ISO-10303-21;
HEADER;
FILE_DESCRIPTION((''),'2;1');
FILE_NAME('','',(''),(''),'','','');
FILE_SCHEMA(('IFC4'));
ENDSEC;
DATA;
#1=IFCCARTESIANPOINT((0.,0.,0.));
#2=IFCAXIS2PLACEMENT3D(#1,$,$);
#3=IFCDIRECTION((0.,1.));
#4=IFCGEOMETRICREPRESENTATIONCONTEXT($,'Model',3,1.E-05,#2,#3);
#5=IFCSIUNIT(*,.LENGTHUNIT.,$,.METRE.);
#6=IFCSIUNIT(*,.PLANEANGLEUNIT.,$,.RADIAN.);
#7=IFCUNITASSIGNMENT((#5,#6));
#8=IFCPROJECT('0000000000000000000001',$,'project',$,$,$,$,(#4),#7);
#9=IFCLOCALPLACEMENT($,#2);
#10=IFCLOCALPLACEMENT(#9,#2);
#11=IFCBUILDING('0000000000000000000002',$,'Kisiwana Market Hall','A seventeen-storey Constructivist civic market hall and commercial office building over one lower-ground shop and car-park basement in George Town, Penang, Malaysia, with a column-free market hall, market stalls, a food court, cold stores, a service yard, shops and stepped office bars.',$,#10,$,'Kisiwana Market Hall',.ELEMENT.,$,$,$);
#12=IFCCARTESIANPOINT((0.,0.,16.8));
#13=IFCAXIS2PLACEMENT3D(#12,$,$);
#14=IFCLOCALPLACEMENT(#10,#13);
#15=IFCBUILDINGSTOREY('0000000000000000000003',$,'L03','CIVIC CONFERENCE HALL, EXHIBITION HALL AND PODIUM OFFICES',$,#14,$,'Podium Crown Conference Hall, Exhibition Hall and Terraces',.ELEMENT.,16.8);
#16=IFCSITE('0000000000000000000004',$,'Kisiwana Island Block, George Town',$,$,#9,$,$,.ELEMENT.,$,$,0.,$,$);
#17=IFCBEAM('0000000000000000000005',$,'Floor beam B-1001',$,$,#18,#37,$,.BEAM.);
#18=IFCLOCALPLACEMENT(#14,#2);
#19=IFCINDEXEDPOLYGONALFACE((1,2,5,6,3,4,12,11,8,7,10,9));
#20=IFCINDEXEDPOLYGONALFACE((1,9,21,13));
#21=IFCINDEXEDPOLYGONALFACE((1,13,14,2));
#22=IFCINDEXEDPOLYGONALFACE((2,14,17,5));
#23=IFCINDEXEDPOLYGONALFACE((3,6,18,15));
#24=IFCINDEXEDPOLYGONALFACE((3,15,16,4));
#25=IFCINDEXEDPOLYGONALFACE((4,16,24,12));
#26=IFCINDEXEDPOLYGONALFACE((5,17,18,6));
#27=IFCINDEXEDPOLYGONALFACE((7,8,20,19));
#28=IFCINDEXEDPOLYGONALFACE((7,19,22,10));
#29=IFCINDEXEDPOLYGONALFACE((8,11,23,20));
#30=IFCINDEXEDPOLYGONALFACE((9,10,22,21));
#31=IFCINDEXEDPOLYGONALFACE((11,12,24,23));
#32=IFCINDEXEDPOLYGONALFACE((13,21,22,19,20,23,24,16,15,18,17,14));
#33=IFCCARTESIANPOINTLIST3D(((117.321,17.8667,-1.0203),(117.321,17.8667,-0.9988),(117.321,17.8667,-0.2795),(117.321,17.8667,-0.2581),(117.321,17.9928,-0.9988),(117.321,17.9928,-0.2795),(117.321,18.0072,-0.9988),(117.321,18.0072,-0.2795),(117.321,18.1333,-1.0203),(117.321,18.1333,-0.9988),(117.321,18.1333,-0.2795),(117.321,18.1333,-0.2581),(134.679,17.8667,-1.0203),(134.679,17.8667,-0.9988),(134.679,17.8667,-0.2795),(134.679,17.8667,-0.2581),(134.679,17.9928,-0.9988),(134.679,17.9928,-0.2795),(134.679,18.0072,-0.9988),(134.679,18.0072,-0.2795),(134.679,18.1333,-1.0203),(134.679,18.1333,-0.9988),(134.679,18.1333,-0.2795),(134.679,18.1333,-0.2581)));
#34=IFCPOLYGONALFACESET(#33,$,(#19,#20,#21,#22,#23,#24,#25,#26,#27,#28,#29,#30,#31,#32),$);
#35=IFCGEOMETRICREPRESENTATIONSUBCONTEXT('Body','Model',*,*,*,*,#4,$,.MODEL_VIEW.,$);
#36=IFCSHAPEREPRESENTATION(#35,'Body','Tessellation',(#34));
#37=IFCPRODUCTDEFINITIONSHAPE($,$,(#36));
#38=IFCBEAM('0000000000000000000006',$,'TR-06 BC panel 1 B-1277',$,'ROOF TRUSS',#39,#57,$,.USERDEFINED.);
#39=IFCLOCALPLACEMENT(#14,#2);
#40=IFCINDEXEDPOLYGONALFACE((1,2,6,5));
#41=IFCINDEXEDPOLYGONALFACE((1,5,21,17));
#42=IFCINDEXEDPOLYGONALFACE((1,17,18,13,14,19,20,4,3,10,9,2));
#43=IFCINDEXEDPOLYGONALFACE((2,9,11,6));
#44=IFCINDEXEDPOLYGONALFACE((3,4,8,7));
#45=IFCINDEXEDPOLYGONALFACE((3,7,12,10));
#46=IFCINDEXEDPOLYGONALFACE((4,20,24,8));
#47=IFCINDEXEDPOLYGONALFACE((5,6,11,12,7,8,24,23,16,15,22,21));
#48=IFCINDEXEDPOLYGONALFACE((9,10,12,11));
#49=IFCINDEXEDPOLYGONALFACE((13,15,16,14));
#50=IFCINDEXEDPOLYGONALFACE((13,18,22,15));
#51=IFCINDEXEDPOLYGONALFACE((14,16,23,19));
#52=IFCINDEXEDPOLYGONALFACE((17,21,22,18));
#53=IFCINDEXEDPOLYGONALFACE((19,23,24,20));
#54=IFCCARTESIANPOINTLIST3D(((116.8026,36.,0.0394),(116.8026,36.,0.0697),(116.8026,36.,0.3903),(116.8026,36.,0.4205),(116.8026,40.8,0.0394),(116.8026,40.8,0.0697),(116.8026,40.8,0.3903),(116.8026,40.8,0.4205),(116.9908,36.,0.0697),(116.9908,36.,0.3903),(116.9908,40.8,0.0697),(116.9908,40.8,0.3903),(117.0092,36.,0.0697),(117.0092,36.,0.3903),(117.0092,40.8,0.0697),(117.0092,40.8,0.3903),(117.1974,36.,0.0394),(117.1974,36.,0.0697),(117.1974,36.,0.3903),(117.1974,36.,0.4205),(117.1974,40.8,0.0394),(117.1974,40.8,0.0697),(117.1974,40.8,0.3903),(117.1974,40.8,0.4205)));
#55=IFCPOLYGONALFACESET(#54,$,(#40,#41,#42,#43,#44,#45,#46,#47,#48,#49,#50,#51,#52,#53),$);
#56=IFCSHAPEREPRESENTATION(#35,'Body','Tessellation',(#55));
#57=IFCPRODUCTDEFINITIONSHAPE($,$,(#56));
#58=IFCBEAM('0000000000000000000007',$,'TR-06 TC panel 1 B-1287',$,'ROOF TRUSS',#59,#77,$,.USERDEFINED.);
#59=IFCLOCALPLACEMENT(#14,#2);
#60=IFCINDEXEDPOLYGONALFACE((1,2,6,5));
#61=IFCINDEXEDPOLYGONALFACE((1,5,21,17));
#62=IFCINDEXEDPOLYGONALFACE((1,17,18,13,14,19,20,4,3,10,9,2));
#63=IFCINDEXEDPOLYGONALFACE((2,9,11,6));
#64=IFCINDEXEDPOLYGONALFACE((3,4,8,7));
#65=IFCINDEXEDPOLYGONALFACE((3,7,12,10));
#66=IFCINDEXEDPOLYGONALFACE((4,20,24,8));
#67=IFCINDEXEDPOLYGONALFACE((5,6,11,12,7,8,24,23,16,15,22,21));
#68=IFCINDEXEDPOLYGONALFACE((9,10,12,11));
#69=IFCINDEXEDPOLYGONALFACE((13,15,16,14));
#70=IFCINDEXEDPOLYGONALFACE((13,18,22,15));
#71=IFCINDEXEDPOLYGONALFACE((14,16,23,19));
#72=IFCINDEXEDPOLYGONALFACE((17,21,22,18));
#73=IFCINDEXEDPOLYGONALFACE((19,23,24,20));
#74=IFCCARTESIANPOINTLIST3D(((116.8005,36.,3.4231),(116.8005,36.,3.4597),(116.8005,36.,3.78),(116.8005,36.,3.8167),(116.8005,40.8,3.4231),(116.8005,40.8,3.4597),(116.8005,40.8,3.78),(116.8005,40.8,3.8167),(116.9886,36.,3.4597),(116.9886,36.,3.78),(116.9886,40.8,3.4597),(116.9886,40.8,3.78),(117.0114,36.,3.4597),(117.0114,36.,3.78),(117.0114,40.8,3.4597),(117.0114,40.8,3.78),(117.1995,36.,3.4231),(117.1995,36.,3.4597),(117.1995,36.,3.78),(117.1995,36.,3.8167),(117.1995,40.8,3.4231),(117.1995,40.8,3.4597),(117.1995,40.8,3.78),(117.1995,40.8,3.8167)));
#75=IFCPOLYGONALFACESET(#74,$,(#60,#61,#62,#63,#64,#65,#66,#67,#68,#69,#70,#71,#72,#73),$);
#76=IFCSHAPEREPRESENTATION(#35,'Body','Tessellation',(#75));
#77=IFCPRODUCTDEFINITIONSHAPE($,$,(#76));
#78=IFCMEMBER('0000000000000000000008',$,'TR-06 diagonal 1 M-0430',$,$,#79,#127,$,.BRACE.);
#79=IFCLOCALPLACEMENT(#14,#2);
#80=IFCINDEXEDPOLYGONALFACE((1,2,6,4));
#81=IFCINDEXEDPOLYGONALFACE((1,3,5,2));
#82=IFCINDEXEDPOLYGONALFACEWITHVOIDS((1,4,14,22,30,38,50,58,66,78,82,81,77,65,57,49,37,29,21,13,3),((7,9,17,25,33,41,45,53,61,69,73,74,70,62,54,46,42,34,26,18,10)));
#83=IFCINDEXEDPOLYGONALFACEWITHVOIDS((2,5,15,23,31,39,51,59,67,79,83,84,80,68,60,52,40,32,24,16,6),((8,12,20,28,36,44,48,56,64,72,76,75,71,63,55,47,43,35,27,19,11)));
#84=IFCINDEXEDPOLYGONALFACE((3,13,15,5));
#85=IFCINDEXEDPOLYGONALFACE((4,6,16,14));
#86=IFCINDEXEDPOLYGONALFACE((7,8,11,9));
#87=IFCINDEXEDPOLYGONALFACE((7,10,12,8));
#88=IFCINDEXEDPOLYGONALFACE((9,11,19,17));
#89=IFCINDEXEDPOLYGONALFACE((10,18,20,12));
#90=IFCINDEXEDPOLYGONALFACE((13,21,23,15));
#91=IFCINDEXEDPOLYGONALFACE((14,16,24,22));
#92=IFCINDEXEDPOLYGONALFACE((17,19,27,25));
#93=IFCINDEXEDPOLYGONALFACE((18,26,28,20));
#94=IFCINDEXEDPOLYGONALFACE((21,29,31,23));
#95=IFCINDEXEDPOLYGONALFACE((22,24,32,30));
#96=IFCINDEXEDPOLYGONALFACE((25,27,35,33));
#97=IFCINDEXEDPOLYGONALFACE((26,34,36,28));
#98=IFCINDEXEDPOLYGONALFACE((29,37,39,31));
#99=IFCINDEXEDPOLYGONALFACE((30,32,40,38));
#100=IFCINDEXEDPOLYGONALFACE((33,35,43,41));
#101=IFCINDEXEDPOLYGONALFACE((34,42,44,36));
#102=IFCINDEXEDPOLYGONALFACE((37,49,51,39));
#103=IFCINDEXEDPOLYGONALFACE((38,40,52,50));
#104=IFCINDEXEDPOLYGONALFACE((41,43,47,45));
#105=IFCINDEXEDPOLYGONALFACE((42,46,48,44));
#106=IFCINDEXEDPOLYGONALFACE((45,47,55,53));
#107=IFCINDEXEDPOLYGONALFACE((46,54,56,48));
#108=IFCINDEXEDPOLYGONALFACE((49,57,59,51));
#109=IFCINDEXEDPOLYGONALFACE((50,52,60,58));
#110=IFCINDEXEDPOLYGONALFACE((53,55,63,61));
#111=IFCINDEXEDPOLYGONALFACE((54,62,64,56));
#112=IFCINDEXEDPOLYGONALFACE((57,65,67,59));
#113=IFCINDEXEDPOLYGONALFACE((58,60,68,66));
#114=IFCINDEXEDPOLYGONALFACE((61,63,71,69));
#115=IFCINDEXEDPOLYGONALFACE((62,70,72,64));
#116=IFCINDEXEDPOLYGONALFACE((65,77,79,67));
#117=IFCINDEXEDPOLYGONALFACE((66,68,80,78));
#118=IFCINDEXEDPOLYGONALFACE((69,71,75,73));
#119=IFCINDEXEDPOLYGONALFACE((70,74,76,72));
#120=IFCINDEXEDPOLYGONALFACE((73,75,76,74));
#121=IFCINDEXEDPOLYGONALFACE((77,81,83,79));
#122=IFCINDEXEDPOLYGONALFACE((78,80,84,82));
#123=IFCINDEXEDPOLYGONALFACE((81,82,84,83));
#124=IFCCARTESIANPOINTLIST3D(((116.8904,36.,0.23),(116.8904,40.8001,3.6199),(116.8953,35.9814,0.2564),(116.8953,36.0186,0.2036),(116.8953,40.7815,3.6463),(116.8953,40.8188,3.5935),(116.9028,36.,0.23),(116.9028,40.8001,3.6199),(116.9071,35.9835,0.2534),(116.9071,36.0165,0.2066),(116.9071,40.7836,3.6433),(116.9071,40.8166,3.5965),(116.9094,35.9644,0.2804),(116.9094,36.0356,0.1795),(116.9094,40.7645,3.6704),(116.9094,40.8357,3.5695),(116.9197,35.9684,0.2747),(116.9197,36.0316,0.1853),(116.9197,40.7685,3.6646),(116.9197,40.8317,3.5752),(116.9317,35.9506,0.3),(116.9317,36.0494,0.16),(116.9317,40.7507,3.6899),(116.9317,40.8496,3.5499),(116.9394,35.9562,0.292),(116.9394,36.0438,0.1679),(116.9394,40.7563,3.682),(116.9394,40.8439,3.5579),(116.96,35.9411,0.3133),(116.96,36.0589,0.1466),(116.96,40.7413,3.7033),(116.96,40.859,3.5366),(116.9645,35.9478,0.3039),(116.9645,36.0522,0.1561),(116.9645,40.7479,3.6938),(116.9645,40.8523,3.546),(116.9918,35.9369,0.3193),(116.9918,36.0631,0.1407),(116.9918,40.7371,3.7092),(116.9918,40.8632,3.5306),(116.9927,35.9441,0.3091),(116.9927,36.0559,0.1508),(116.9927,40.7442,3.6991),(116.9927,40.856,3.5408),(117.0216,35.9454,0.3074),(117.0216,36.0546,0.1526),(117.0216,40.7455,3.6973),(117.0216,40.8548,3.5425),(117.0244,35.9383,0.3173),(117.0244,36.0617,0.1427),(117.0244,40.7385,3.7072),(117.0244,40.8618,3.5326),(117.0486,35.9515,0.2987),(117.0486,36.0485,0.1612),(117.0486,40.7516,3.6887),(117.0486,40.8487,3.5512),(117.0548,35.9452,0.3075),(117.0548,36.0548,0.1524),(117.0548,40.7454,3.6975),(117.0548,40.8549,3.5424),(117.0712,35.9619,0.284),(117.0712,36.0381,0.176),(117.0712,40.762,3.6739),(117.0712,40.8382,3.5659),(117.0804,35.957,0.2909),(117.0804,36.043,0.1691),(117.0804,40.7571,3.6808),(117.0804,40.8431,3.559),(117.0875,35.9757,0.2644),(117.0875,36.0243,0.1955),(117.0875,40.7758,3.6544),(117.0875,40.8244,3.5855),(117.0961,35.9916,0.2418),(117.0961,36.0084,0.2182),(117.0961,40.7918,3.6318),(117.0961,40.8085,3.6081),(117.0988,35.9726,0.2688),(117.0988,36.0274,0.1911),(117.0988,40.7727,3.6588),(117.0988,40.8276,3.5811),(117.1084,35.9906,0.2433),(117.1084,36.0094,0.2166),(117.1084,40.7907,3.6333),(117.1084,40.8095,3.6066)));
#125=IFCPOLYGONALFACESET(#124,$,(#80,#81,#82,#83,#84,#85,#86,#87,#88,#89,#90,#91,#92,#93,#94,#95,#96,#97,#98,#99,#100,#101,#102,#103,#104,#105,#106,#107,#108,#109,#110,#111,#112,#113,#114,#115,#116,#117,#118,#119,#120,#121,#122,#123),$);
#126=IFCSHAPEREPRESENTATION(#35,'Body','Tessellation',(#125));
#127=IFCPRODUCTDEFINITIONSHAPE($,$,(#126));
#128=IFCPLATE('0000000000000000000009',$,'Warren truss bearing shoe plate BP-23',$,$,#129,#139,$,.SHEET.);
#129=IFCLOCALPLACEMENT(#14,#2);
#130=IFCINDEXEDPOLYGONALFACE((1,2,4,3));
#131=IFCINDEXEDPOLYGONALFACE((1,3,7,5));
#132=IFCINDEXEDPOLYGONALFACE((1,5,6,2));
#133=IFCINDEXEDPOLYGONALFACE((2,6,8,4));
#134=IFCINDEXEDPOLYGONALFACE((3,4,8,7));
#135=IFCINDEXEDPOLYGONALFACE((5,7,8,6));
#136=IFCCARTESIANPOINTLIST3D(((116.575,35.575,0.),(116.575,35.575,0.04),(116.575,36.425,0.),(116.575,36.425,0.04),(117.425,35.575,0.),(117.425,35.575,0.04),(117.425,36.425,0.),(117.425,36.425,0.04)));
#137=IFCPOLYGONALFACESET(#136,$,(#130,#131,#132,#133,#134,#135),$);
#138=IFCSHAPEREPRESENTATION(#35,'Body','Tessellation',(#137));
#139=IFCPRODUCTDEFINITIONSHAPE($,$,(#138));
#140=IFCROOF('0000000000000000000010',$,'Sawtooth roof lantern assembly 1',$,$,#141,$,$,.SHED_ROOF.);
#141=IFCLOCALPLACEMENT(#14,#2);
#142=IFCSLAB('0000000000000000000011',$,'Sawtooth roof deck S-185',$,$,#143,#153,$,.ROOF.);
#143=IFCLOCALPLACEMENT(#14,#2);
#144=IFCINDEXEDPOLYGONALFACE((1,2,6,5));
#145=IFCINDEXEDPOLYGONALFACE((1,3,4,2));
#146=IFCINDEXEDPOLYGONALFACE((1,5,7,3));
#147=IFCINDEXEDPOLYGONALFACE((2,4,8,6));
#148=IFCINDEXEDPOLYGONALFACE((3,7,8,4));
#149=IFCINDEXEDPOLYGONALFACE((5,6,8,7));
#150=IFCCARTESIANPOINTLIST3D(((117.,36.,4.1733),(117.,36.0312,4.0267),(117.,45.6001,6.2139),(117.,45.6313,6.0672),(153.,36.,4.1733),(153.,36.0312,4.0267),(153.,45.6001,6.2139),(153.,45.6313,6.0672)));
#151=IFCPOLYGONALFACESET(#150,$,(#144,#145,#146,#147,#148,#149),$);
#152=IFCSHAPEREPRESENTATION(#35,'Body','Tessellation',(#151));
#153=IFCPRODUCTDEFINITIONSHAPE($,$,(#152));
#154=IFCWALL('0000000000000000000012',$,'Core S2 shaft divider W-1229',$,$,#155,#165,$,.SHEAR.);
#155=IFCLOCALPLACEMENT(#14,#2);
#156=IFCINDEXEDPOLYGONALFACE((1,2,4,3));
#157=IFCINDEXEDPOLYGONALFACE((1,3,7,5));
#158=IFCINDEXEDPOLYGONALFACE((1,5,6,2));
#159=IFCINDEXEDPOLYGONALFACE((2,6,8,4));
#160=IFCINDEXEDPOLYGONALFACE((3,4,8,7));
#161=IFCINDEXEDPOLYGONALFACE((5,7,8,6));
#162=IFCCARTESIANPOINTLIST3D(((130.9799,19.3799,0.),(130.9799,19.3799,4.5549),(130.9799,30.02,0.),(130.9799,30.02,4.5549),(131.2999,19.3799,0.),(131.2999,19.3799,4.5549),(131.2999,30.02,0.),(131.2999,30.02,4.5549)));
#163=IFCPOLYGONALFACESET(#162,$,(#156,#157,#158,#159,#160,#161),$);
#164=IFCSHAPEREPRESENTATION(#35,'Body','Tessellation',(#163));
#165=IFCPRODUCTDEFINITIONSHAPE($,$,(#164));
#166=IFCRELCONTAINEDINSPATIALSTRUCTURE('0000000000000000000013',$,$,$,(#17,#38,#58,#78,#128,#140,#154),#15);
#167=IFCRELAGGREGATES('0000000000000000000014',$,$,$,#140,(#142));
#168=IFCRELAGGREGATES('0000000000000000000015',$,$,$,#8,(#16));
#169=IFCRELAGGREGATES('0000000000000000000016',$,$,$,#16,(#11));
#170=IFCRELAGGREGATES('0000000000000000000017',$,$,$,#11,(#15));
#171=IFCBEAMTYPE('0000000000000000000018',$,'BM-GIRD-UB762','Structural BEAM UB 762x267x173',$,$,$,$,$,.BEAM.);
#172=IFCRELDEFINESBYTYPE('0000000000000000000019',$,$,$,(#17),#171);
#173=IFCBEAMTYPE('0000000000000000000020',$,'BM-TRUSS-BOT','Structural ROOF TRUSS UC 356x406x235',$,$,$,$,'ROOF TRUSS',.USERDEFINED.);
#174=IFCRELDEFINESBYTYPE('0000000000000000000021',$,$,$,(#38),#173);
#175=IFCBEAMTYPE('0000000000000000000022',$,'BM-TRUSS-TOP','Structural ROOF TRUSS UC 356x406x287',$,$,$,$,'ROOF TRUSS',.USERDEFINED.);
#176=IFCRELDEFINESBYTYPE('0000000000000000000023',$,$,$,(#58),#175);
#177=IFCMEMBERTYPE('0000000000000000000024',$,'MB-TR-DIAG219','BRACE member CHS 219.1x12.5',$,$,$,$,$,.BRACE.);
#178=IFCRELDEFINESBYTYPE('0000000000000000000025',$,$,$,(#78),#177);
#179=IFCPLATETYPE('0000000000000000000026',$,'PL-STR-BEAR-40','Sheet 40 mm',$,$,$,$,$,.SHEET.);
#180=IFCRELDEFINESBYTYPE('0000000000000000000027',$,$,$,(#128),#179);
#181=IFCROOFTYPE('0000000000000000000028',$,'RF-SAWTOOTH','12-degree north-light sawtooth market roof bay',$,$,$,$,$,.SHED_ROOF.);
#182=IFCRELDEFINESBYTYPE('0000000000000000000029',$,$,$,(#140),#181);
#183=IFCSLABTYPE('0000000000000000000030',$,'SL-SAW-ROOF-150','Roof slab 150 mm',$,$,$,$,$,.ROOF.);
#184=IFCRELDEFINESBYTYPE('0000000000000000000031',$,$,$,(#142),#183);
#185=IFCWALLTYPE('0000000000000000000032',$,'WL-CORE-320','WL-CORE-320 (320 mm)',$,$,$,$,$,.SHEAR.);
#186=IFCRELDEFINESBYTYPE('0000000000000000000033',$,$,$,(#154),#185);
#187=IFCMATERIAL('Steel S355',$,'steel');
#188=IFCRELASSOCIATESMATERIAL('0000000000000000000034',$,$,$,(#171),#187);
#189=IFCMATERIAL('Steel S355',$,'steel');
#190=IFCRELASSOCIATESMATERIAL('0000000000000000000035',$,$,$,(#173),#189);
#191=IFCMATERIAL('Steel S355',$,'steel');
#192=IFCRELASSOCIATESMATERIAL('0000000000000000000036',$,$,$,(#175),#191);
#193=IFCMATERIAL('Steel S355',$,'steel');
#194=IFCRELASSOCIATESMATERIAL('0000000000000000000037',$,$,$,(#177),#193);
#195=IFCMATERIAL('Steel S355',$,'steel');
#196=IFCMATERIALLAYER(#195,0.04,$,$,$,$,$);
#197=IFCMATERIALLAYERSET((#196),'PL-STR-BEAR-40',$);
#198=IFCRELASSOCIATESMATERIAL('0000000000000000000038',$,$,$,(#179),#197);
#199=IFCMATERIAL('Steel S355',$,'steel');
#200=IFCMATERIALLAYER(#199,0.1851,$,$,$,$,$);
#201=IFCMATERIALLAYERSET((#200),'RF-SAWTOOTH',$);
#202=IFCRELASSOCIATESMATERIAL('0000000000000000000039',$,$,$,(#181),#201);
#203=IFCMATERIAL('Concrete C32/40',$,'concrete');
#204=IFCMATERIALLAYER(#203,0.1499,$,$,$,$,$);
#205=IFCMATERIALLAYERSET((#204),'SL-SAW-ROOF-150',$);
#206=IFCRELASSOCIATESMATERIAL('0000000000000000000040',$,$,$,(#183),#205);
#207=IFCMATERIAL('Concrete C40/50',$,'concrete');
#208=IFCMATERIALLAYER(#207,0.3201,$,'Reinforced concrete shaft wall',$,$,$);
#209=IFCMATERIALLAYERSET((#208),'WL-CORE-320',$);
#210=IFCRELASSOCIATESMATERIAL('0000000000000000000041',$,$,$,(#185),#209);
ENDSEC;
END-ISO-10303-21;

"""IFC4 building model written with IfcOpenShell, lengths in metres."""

from ifc_helpers import new_model, si_unit, direction, frame, frame_2d, origin, origin_2d, place, context, subcontext, project, spatial, polyline, rectangle, hollow_circle, i_section, outline, extrude, material, layer, layer_set, material_profile, profile_set, type_object, element, aggregate, save


model = new_model("IFC4")

# Units and contexts
model_context = context("Model", 3, precision=1e-05, world=origin(), true_north=direction((0.0, 1.0)))
body_context = subcontext(model_context, "Body", "Model", "MODEL_VIEW")
ifc_project = project(units=[si_unit("LENGTHUNIT", "METRE"), si_unit("PLANEANGLEUNIT", "RADIAN")], contexts=[model_context])

# Site, building, storey
site_placement = place(None, origin())
site = spatial("IfcSite", under=ifc_project, at=site_placement, Name="Kisiwana Island Block, George Town", CompositionType="ELEMENT", RefElevation=0.0)
building_placement = place(site_placement, origin())
building = spatial("IfcBuilding", under=site, at=building_placement, Name="Kisiwana Market Hall", Description="A seventeen-storey Constructivist civic market hall and commercial office building over one lower-ground shop and car-park basement in George Town, Penang, Malaysia, with a column-free market hall, market stalls, a food court, cold stores, a service yard, shops and stepped office bars.", LongName="Kisiwana Market Hall", CompositionType="ELEMENT")
storey_placement = place(building_placement, frame((0.0, 0.0, 16.8)))
storey = spatial("IfcBuildingStorey", under=building, at=storey_placement, Name="L03", Description="CIVIC CONFERENCE HALL, EXHIBITION HALL AND PODIUM OFFICES", LongName="Podium Crown Conference Hall, Exhibition Hall and Terraces", CompositionType="ELEMENT", Elevation=16.8)

# Beams
ifc_material_1 = material(Name="Steel S355", Category="steel")
ifc_material_profile_1 = material_profile(ifc_material_1, i_section(OverallWidth=0.2666, OverallDepth=0.7622, WebThickness=0.0144, FlangeThickness=0.0215, at=origin_2d()), Name="UB 762x267x173")
ifc_profile_set_1 = profile_set([ifc_material_profile_1], Name="Steel S355")
beam_type_1 = type_object("IfcBeamType", Name="BM-GIRD-UB762", Description="Structural BEAM UB 762x267x173", PredefinedType="BEAM", material=ifc_profile_set_1)
for number, where, z_axis, x_axis, name in (
    (1, (117.321, 18.0, -0.6392), (1.0, 0.0, 0.0), (0.0, 1.0, 0.0), "Floor beam B-1001"),
):
    element("IfcBeam", number, at=place(storey_placement, frame(where, z_axis=z_axis, x_axis=x_axis)), inside=storey, type_object=beam_type_1, Name=name, PredefinedType="BEAM", context=body_context, shape_type="SweptSolid", body=[
        extrude(i_section(OverallWidth=0.2666, OverallDepth=0.7622, WebThickness=0.0144, FlangeThickness=0.0215, at=origin_2d()), origin(), (0.0, 0.0, 1.0), 17.3579),
    ])
ifc_material_2 = material(Name="Steel S355", Category="steel")
ifc_material_profile_2 = material_profile(ifc_material_2, i_section(OverallWidth=0.3948, OverallDepth=0.3811, WebThickness=0.0183, FlangeThickness=0.0303, at=origin_2d()), Name="UC 356x406x235")
ifc_profile_set_2 = profile_set([ifc_material_profile_2], Name="Steel S355")
beam_type_2 = type_object("IfcBeamType", Name="BM-TRUSS-BOT", Description="Structural ROOF TRUSS UC 356x406x235", ElementType="ROOF TRUSS", PredefinedType="USERDEFINED", material=ifc_profile_set_2)
beam_1_placement = place(storey_placement, frame((117.0, 36.0, 0.23), z_axis=(0.0, 1.0, 0.0), x_axis=(-1.0, 0.0, 0.0)))
element("IfcBeam", 2, at=beam_1_placement, inside=storey, type_object=beam_type_2, Name="TR-06 BC panel 1 B-1277", ObjectType="ROOF TRUSS", PredefinedType="USERDEFINED", context=body_context, shape_type="SweptSolid", body=[
    extrude(i_section(OverallWidth=0.3948, OverallDepth=0.3811, WebThickness=0.0183, FlangeThickness=0.0303, at=origin_2d()), origin(), (0.0, 0.0, 1.0), 4.8),
])
ifc_material_3 = material(Name="Steel S355", Category="steel")
ifc_material_profile_3 = material_profile(ifc_material_3, i_section(OverallWidth=0.3989, OverallDepth=0.3936, WebThickness=0.0227, FlangeThickness=0.0366, at=origin_2d()), Name="UC 356x406x287")
ifc_profile_set_3 = profile_set([ifc_material_profile_3], Name="Steel S355")
beam_type_3 = type_object("IfcBeamType", Name="BM-TRUSS-TOP", Description="Structural ROOF TRUSS UC 356x406x287", ElementType="ROOF TRUSS", PredefinedType="USERDEFINED", material=ifc_profile_set_3)
beam_2_placement = place(storey_placement, frame((117.0, 36.0, 3.6199), z_axis=(0.0, 1.0, 0.0), x_axis=(-1.0, 0.0, 0.0)))
element("IfcBeam", 3, at=beam_2_placement, inside=storey, type_object=beam_type_3, Name="TR-06 TC panel 1 B-1287", ObjectType="ROOF TRUSS", PredefinedType="USERDEFINED", context=body_context, shape_type="SweptSolid", body=[
    extrude(i_section(OverallWidth=0.3989, OverallDepth=0.3936, WebThickness=0.0227, FlangeThickness=0.0366, at=origin_2d()), origin(), (0.0, 0.0, 1.0), 4.8),
])

# Member
ifc_material_4 = material(Name="Steel S355", Category="steel")
ifc_material_profile_4 = material_profile(ifc_material_4, hollow_circle(Radius=0.1096, WallThickness=0.0125, at=origin_2d()), Name="CHS 219.1x12.5")
ifc_profile_set_4 = profile_set([ifc_material_profile_4], Name="Steel S355")
member_type = type_object("IfcMemberType", Name="MB-TR-DIAG219", Description="BRACE member CHS 219.1x12.5", PredefinedType="BRACE", material=ifc_profile_set_4)
member_placement = place(storey_placement, frame((117.0, 36.0, 0.23), z_axis=(0.0, 0.816838, 0.576868), x_axis=(-1.0, 0.0, 0.0)))
element("IfcMember", 4, at=member_placement, inside=storey, type_object=member_type, Name="TR-06 diagonal 1 M-0430", PredefinedType="BRACE", context=body_context, shape_type="SweptSolid", body=[
    extrude(hollow_circle(Radius=0.1096, WallThickness=0.0125, at=origin_2d()), origin(), (0.0, 0.0, 1.0), 5.8765),
])

# Plate
ifc_material_5 = material(Name="Steel S355", Category="steel")
ifc_layer_1 = layer(ifc_material_5, 0.04)
ifc_layer_set_1 = layer_set([ifc_layer_1], Name="PL-STR-BEAR-40")
plate_type = type_object("IfcPlateType", Name="PL-STR-BEAR-40", Description="Sheet 40 mm", PredefinedType="SHEET", material=ifc_layer_set_1)
plate_placement = place(storey_placement, frame((117.0, 36.0, 0.0), z_axis=(0.0, 0.0, 1.0), x_axis=(1.0, 0.0, 0.0)))
element("IfcPlate", 5, at=plate_placement, inside=storey, type_object=plate_type, Name="Warren truss bearing shoe plate BP-23", PredefinedType="SHEET", context=body_context, shape_type="SweptSolid", body=[
    extrude(rectangle(XDim=0.8501, YDim=0.8501, at=origin_2d()), origin(), (0.0, 0.0, 1.0), 0.04),
])

# Roof, slab
ifc_material_6 = material(Name="Steel S355", Category="steel")
ifc_layer_2 = layer(ifc_material_6, 0.1851)
ifc_layer_set_2 = layer_set([ifc_layer_2], Name="RF-SAWTOOTH")
roof_type = type_object("IfcRoofType", Name="RF-SAWTOOTH", Description="12-degree north-light sawtooth market roof bay", PredefinedType="SHED_ROOF", material=ifc_layer_set_2)
roof_placement = place(storey_placement, origin())
roof = element("IfcRoof", 6, at=roof_placement, inside=storey, type_object=roof_type, Name="Sawtooth roof lantern assembly 1", PredefinedType="SHED_ROOF")
ifc_material_7 = material(Name="Concrete C32/40", Category="concrete")
ifc_layer_3 = layer(ifc_material_7, 0.1499)
ifc_layer_set_3 = layer_set([ifc_layer_3], Name="SL-SAW-ROOF-150")
slab_type = type_object("IfcSlabType", Name="SL-SAW-ROOF-150", Description="Roof slab 150 mm", PredefinedType="ROOF", material=ifc_layer_set_3)
slab_placement = place(storey_placement, frame((117.0, 36.0, 4.1733), z_axis=(0.0, -0.207908, 0.978148), x_axis=(1.0, 0.0, 0.0)))
slab = element("IfcSlab", 7, at=slab_placement, type_object=slab_type, Name="Sawtooth roof deck S-185", PredefinedType="ROOF", context=body_context, shape_type="SweptSolid", body=[
    extrude(outline(polyline([(0.0, 0.0), (36.0, 0.0), (36.0, 9.8146), (0.0, 9.8146), (0.0, 0.0)])), origin(), (0.0, 0.0, -1.0), 0.1499),
])
aggregate(roof, [slab])

# Wall
ifc_material_8 = material(Name="Concrete C40/50", Category="concrete")
ifc_layer_4 = layer(ifc_material_8, 0.3201, Name="Reinforced concrete shaft wall")
ifc_layer_set_4 = layer_set([ifc_layer_4], Name="WL-CORE-320")
wall_type_1 = type_object("IfcWallType", Name="WL-CORE-320", Description="WL-CORE-320 (320 mm)", PredefinedType="SHEAR", material=ifc_layer_set_4)
wall_1_placement = place(storey_placement, frame((131.1399, 19.3799, 0.0), z_axis=(0.0, 0.0, 1.0), x_axis=(0.0, 1.0, 0.0)))
element("IfcWall", 8, at=wall_1_placement, inside=storey, type_object=wall_type_1, Name="Core S2 shaft divider W-1229", PredefinedType="SHEAR", context=body_context, shape_type="SweptSolid", body=[
    extrude(rectangle(XDim=10.6401, YDim=0.3201, at=frame_2d((5.3201, 0.0))), origin(), (0.0, 0.0, 1.0), 4.5549),
])

save(model, "model.ifc")
